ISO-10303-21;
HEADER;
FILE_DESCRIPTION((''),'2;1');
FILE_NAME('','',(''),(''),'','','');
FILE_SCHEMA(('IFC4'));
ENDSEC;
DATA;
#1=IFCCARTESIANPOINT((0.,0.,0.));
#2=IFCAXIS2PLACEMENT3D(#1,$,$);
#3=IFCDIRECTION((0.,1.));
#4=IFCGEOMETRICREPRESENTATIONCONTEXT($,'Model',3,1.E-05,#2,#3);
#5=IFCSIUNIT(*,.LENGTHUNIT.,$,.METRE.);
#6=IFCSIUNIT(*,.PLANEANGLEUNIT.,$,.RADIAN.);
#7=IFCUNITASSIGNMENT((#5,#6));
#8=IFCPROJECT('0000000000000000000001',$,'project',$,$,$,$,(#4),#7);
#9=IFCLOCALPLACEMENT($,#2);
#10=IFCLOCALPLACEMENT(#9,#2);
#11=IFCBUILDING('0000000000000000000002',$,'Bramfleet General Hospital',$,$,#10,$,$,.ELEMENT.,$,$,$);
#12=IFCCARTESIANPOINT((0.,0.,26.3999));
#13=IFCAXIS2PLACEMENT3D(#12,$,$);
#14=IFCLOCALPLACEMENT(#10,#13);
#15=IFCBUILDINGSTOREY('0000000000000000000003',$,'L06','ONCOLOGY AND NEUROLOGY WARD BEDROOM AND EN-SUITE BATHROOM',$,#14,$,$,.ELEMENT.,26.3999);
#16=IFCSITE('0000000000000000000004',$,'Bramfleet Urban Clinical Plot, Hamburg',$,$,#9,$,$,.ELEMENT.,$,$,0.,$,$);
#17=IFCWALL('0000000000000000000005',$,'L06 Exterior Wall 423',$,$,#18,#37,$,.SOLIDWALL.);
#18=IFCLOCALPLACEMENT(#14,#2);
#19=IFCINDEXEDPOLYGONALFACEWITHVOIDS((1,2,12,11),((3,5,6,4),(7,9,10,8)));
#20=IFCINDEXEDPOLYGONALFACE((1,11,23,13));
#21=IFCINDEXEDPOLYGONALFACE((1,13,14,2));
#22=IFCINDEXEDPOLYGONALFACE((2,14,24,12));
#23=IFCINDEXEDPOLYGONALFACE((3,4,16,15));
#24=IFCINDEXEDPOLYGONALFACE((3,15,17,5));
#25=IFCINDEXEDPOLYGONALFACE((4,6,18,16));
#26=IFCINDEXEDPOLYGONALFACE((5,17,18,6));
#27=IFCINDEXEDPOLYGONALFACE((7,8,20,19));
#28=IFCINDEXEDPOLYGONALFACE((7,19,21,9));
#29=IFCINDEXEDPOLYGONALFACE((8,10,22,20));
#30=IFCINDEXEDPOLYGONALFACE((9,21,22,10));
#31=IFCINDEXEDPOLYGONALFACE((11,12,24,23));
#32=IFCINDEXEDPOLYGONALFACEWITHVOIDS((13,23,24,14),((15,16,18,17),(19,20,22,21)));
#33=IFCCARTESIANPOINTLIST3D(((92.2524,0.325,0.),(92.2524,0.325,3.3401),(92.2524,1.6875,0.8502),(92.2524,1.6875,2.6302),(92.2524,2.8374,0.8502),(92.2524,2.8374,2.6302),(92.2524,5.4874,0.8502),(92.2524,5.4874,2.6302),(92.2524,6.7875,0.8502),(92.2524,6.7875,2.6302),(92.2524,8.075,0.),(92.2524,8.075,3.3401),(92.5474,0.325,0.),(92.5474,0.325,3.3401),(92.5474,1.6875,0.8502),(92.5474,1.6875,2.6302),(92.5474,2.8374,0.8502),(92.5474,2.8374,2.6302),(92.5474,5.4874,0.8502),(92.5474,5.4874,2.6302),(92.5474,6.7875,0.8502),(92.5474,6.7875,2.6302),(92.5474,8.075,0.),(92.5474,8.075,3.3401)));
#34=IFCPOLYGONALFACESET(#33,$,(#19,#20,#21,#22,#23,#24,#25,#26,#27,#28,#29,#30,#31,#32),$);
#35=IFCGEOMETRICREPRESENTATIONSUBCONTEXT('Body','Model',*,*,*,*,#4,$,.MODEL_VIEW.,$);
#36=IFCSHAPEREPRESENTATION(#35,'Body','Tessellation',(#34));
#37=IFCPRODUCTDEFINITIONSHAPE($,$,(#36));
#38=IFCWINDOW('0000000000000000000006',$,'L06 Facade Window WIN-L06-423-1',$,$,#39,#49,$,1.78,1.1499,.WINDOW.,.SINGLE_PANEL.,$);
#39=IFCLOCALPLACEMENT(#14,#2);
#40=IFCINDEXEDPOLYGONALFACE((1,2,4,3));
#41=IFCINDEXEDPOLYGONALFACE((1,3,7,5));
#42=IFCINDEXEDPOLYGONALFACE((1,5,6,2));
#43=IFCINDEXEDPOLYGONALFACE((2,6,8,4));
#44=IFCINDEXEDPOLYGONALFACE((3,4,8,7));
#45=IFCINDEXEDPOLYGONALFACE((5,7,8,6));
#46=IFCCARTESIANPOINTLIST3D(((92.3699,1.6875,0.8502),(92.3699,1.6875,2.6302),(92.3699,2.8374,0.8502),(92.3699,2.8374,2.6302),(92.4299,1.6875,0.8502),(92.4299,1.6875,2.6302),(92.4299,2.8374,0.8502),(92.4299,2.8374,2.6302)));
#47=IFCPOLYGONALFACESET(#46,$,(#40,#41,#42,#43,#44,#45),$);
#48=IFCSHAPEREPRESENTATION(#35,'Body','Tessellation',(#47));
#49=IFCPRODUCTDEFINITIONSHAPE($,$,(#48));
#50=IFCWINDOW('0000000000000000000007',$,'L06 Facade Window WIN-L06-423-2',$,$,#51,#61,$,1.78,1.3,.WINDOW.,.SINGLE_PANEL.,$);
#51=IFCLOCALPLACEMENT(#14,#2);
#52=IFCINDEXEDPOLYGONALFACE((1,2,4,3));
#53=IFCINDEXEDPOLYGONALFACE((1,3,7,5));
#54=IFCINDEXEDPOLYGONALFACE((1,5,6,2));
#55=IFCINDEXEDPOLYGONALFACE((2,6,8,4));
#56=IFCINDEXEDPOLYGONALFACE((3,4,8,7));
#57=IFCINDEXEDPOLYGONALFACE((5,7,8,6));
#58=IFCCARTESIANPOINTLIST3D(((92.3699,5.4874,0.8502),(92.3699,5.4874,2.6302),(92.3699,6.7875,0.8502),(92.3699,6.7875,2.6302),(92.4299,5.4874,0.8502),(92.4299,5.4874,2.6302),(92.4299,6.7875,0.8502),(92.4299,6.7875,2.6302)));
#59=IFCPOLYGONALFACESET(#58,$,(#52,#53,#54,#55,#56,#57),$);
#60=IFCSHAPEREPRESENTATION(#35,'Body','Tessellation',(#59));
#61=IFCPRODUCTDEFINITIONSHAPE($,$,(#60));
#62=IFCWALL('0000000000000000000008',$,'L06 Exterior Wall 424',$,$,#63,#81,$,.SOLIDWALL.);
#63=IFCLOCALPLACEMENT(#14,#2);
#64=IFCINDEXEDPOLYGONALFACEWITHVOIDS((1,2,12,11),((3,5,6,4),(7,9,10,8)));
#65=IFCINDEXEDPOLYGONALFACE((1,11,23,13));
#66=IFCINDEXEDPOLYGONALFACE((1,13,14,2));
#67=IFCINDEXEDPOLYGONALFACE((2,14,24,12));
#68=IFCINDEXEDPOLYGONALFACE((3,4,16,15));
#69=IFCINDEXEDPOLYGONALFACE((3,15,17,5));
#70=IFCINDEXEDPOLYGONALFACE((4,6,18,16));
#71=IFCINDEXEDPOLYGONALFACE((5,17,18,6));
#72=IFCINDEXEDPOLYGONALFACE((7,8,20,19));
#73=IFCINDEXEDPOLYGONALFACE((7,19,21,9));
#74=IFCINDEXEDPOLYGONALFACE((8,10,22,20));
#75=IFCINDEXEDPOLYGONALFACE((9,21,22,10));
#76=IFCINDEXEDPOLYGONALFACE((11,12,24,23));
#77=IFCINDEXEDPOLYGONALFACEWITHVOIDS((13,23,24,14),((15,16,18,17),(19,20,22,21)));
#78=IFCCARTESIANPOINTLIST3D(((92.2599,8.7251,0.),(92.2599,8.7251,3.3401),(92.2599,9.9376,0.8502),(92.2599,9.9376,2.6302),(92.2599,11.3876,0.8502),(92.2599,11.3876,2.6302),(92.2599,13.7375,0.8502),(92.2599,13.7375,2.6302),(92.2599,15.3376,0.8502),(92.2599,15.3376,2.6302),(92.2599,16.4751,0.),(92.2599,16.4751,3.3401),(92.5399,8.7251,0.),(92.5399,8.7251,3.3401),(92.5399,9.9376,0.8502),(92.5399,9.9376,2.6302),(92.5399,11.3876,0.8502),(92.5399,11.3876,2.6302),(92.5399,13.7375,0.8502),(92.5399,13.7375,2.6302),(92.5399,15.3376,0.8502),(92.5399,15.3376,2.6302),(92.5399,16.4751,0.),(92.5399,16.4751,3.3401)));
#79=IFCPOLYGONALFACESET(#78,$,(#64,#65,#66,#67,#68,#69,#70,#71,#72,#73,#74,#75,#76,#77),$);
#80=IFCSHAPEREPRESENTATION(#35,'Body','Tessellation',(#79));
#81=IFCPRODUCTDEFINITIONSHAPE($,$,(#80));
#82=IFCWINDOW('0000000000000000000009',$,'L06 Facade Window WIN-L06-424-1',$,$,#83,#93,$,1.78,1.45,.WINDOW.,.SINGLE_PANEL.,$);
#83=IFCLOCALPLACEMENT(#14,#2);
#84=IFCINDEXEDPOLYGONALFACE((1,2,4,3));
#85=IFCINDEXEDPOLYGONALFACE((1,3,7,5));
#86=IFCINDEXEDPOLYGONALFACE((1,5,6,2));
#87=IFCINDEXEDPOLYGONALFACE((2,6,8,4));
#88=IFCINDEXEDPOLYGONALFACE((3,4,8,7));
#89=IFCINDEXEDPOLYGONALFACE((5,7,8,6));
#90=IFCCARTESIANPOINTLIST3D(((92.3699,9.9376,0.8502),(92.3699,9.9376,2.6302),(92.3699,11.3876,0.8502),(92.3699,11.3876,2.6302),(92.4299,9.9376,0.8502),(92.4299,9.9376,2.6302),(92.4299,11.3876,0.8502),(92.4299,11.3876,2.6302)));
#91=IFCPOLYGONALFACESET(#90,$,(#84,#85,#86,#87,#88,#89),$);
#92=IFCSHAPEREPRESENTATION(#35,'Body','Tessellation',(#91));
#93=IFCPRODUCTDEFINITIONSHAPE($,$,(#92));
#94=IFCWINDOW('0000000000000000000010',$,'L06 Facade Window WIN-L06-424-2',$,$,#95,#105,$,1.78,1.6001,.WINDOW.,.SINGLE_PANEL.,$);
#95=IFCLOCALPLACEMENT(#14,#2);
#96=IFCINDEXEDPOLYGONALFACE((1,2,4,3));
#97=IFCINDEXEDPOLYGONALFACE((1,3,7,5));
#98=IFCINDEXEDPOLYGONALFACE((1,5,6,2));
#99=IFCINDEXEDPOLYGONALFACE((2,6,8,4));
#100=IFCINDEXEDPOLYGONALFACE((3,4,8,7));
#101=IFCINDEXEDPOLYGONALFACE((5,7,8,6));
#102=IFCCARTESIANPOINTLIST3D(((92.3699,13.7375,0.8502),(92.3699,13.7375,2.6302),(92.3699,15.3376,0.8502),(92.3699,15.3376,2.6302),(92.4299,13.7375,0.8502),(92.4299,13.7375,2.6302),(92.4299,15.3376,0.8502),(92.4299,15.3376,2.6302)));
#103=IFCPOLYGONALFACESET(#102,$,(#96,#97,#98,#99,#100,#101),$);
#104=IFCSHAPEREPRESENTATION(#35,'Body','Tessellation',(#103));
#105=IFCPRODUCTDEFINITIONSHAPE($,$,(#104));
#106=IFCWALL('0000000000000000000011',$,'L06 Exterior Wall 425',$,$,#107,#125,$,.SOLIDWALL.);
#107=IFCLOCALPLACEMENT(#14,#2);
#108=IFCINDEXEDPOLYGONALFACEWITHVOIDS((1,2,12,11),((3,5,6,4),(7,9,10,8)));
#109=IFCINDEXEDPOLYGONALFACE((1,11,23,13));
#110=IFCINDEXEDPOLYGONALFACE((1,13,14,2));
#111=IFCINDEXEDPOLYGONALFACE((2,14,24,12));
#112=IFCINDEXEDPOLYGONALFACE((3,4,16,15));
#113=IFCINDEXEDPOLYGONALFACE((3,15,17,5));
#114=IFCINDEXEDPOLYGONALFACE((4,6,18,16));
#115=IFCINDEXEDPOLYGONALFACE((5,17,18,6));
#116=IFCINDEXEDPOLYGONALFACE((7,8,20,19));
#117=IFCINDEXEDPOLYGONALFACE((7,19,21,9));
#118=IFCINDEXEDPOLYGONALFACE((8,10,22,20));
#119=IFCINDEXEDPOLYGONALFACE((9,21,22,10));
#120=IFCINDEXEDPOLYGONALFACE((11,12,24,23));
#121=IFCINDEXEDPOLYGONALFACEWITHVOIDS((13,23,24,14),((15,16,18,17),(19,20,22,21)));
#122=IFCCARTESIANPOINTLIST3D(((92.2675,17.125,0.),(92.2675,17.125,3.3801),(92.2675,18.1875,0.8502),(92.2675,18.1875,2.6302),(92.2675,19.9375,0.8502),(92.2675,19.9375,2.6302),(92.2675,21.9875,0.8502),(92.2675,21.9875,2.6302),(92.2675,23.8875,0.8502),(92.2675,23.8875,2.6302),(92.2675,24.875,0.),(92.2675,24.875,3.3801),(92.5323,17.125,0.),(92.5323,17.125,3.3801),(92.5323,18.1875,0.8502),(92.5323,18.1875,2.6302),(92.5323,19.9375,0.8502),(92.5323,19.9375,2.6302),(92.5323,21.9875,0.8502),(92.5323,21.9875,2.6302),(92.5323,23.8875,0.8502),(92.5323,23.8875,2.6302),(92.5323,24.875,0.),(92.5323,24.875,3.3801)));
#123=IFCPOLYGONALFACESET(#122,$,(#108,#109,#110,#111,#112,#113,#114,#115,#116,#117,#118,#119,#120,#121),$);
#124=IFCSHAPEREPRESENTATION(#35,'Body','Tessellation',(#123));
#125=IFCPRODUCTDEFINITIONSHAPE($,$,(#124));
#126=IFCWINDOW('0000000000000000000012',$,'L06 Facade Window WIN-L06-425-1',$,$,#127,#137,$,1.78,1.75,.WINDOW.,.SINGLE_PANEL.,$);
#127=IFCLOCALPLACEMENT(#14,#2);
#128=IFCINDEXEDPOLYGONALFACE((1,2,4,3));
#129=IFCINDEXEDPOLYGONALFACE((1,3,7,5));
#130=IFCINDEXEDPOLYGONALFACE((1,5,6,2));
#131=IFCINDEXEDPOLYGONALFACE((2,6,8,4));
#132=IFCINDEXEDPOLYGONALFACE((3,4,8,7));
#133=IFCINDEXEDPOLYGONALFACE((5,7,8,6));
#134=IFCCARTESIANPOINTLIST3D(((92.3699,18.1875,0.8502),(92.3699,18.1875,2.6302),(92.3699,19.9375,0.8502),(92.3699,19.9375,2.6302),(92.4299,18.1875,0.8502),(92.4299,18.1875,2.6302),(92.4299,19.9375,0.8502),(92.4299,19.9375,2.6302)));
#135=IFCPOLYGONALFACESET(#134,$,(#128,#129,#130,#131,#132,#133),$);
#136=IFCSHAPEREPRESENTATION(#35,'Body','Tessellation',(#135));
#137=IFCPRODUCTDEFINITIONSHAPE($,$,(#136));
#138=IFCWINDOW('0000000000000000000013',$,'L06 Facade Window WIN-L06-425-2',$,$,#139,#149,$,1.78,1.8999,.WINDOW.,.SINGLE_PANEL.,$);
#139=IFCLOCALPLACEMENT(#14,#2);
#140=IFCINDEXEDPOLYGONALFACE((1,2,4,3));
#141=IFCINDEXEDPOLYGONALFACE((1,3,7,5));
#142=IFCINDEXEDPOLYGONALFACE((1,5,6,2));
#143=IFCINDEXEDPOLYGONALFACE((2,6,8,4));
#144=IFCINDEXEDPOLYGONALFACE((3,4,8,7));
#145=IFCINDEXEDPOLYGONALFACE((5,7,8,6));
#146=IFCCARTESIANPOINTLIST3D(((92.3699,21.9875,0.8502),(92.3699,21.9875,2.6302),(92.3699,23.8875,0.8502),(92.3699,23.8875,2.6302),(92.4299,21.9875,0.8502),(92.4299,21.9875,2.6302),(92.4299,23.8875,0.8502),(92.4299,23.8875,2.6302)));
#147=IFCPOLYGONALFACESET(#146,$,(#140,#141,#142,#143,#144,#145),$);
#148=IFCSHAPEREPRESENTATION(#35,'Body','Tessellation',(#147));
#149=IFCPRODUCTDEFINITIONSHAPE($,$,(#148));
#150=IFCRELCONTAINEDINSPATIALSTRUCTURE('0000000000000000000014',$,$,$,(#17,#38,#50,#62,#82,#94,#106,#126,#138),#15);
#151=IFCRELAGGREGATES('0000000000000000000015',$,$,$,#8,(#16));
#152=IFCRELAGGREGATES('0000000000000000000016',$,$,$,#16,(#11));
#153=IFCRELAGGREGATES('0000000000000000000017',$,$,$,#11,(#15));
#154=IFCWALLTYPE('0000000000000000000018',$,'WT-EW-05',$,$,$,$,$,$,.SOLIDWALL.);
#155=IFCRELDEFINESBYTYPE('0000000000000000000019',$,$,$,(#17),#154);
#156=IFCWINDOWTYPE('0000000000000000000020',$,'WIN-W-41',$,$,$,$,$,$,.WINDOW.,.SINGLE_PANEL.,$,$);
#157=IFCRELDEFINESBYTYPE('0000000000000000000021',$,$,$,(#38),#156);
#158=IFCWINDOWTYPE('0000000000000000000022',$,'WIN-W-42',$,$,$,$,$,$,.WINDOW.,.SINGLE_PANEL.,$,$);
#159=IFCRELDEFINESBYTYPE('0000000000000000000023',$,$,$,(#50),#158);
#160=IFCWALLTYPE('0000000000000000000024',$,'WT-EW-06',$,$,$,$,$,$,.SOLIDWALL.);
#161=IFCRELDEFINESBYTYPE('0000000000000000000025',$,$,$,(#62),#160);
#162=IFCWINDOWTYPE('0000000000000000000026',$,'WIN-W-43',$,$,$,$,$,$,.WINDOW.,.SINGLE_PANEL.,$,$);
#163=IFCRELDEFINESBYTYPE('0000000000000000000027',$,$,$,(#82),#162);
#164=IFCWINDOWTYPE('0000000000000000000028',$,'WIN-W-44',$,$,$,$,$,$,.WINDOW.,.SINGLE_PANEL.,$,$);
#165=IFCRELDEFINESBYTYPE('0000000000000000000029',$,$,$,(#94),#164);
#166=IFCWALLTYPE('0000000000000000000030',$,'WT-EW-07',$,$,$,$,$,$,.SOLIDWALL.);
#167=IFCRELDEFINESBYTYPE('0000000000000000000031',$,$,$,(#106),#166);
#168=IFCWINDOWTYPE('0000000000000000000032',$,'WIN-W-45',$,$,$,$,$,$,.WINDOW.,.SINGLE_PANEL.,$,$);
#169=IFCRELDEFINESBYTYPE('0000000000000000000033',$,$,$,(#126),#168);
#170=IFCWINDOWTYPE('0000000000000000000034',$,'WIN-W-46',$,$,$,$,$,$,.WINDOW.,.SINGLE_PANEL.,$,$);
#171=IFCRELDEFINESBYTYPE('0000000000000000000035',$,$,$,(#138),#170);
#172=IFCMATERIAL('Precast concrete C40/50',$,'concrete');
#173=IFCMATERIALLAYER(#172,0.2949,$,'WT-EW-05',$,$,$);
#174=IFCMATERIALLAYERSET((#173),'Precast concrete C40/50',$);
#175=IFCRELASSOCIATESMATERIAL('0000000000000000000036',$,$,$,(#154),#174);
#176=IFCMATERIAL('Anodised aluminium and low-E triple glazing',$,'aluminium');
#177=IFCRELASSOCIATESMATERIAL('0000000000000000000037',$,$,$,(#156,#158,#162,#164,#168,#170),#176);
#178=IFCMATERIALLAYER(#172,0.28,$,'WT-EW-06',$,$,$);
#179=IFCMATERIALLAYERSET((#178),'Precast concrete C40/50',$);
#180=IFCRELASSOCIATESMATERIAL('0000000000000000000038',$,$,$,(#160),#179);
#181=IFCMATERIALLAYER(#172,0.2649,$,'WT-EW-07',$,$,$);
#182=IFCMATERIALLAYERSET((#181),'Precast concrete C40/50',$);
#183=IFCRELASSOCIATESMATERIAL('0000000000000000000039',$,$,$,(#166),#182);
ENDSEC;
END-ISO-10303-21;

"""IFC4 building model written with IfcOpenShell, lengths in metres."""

from ifc_helpers import new_model, si_unit, direction, frame, frame_2d, origin, place, context, subcontext, project, spatial, rectangle, extrude, material, layer, layer_set, type_object, element, fill, save


model = new_model("IFC4")

# Units and contexts
model_context = context("Model", 3, precision=1e-05, world=origin(), true_north=direction((0.0, 1.0)))
body_context = subcontext(model_context, "Body", "Model", "MODEL_VIEW")
ifc_project = project(units=[si_unit("LENGTHUNIT", "METRE"), si_unit("PLANEANGLEUNIT", "RADIAN")], contexts=[model_context])

# Site, building, storey
site_placement = place(None, origin())
site = spatial("IfcSite", under=ifc_project, at=site_placement, Name="Bramfleet Urban Clinical Plot, Hamburg", CompositionType="ELEMENT", RefElevation=0.0)
building_placement = place(site_placement, origin())
building = spatial("IfcBuilding", under=site, at=building_placement, Name="Bramfleet General Hospital", CompositionType="ELEMENT")
storey_placement = place(building_placement, frame((0.0, 0.0, 26.3999)))
storey = spatial("IfcBuildingStorey", under=building, at=storey_placement, Name="L06", Description="ONCOLOGY AND NEUROLOGY WARD BEDROOM AND EN-SUITE BATHROOM", CompositionType="ELEMENT", Elevation=26.3999)

# Walls, openings, windows
ifc_material_1 = material(Name="Precast concrete C40/50", Category="concrete")
ifc_layer_1 = layer(ifc_material_1, 0.2949, Name="WT-EW-05")
ifc_layer_set_1 = layer_set([ifc_layer_1], Name="Precast concrete C40/50")
wall_type_1 = type_object("IfcWallType", Name="WT-EW-05", PredefinedType="SOLIDWALL", material=ifc_layer_set_1)
wall_1_placement = place(storey_placement, frame((92.3999, 0.325, 0.0), z_axis=(0.0, 0.0, 1.0), x_axis=(0.0, 1.0, 0.0)))
wall_1 = element("IfcWall", 1, at=wall_1_placement, inside=storey, type_object=wall_type_1, Name="L06 Exterior Wall 423", PredefinedType="SOLIDWALL", context=body_context, shape_type="SweptSolid", body=[
    extrude(rectangle(XDim=7.75, YDim=0.2949, at=frame_2d((3.875, 0.0))), origin(), (0.0, 0.0, 1.0), 3.3401),
])
opening_1_placement = place(wall_1_placement, frame((1.3625, 0.0, 0.8501)))
opening_1 = element("IfcOpeningElement", 2, at=opening_1_placement, cuts=wall_1, PredefinedType="OPENING", context=body_context, shape_type="SweptSolid", body=[
    extrude(rectangle(XDim=1.1499, YDim=1.78, at=frame_2d((0.575, 0.8901))), frame((0.0, 0.1575, 0.0), z_axis=(0.0, -1.0, 0.0), x_axis=(1.0, 0.0, 0.0)), (0.0, 0.0, 1.0), 0.3149),
])
opening_2_placement = place(wall_1_placement, frame((5.1626, 0.0, 0.8501)))
opening_2 = element("IfcOpeningElement", 3, at=opening_2_placement, cuts=wall_1, PredefinedType="OPENING", context=body_context, shape_type="SweptSolid", body=[
    extrude(rectangle(XDim=1.3, YDim=1.78, at=frame_2d((0.6499, 0.8901))), frame((0.0, 0.1575, 0.0), z_axis=(0.0, -1.0, 0.0), x_axis=(1.0, 0.0, 0.0)), (0.0, 0.0, 1.0), 0.3149),
])
ifc_material_2 = material(Name="Anodised aluminium and low-E triple glazing", Category="aluminium")
window_type_1 = type_object("IfcWindowType", Name="WIN-W-41", PartitioningType="SINGLE_PANEL", PredefinedType="WINDOW", material=ifc_material_2)
window_1_placement = place(opening_1_placement, origin())
window_1 = element("IfcWindow", 4, at=window_1_placement, inside=storey, type_object=window_type_1, Name="L06 Facade Window WIN-L06-423-1", OverallHeight=1.78, OverallWidth=1.1499, PartitioningType="SINGLE_PANEL", PredefinedType="WINDOW", context=body_context, shape_type="SweptSolid", body=[
    extrude(rectangle(XDim=1.1499, YDim=1.78, at=frame_2d((0.575, 0.8901))), frame((0.0, 0.03, 0.0), z_axis=(0.0, -1.0, 0.0), x_axis=(1.0, 0.0, 0.0)), (0.0, 0.0, 1.0), 0.0601),
])
fill(opening_1, window_1)
window_type_2 = type_object("IfcWindowType", Name="WIN-W-42", PartitioningType="SINGLE_PANEL", PredefinedType="WINDOW", material=ifc_material_2)
window_2_placement = place(opening_2_placement, origin())
window_2 = element("IfcWindow", 5, at=window_2_placement, inside=storey, type_object=window_type_2, Name="L06 Facade Window WIN-L06-423-2", OverallHeight=1.78, OverallWidth=1.3, PartitioningType="SINGLE_PANEL", PredefinedType="WINDOW", context=body_context, shape_type="SweptSolid", body=[
    extrude(rectangle(XDim=1.3, YDim=1.78, at=frame_2d((0.6499, 0.8901))), frame((0.0, 0.03, 0.0), z_axis=(0.0, -1.0, 0.0), x_axis=(1.0, 0.0, 0.0)), (0.0, 0.0, 1.0), 0.0601),
])
fill(opening_2, window_2)
ifc_layer_2 = layer(ifc_material_1, 0.28, Name="WT-EW-06")
ifc_layer_set_2 = layer_set([ifc_layer_2], Name="Precast concrete C40/50")
wall_type_2 = type_object("IfcWallType", Name="WT-EW-06", PredefinedType="SOLIDWALL", material=ifc_layer_set_2)
wall_2_placement = place(storey_placement, frame((92.3999, 8.7251, 0.0), z_axis=(0.0, 0.0, 1.0), x_axis=(0.0, 1.0, 0.0)))
wall_2 = element("IfcWall", 6, at=wall_2_placement, inside=storey, type_object=wall_type_2, Name="L06 Exterior Wall 424", PredefinedType="SOLIDWALL", context=body_context, shape_type="SweptSolid", body=[
    extrude(rectangle(XDim=7.75, YDim=0.28, at=frame_2d((3.875, 0.0))), origin(), (0.0, 0.0, 1.0), 3.3401),
])
opening_3_placement = place(wall_2_placement, frame((1.2124, 0.0, 0.8501)))
opening_3 = element("IfcOpeningElement", 7, at=opening_3_placement, cuts=wall_2, PredefinedType="OPENING", context=body_context, shape_type="SweptSolid", body=[
    extrude(rectangle(XDim=1.45, YDim=1.78, at=frame_2d((0.7251, 0.8901))), frame((0.0, 0.1499, 0.0), z_axis=(0.0, -1.0, 0.0), x_axis=(1.0, 0.0, 0.0)), (0.0, 0.0, 1.0), 0.3),
])
opening_4_placement = place(wall_2_placement, frame((5.0125, 0.0, 0.8501)))
opening_4 = element("IfcOpeningElement", 8, at=opening_4_placement, cuts=wall_2, PredefinedType="OPENING", context=body_context, shape_type="SweptSolid", body=[
    extrude(rectangle(XDim=1.6001, YDim=1.78, at=frame_2d((0.8, 0.8901))), frame((0.0, 0.1499, 0.0), z_axis=(0.0, -1.0, 0.0), x_axis=(1.0, 0.0, 0.0)), (0.0, 0.0, 1.0), 0.3),
])
window_type_3 = type_object("IfcWindowType", Name="WIN-W-43", PartitioningType="SINGLE_PANEL", PredefinedType="WINDOW", material=ifc_material_2)
window_3_placement = place(opening_3_placement, origin())
window_3 = element("IfcWindow", 9, at=window_3_placement, inside=storey, type_object=window_type_3, Name="L06 Facade Window WIN-L06-424-1", OverallHeight=1.78, OverallWidth=1.45, PartitioningType="SINGLE_PANEL", PredefinedType="WINDOW", context=body_context, shape_type="SweptSolid", body=[
    extrude(rectangle(XDim=1.45, YDim=1.78, at=frame_2d((0.7251, 0.8901))), frame((0.0, 0.03, 0.0), z_axis=(0.0, -1.0, 0.0), x_axis=(1.0, 0.0, 0.0)), (0.0, 0.0, 1.0), 0.0601),
])
fill(opening_3, window_3)
window_type_4 = type_object("IfcWindowType", Name="WIN-W-44", PartitioningType="SINGLE_PANEL", PredefinedType="WINDOW", material=ifc_material_2)
window_4_placement = place(opening_4_placement, origin())
window_4 = element("IfcWindow", 10, at=window_4_placement, inside=storey, type_object=window_type_4, Name="L06 Facade Window WIN-L06-424-2", OverallHeight=1.78, OverallWidth=1.6001, PartitioningType="SINGLE_PANEL", PredefinedType="WINDOW", context=body_context, shape_type="SweptSolid", body=[
    extrude(rectangle(XDim=1.6001, YDim=1.78, at=frame_2d((0.8, 0.8901))), frame((0.0, 0.03, 0.0), z_axis=(0.0, -1.0, 0.0), x_axis=(1.0, 0.0, 0.0)), (0.0, 0.0, 1.0), 0.0601),
])
fill(opening_4, window_4)
ifc_layer_3 = layer(ifc_material_1, 0.2649, Name="WT-EW-07")
ifc_layer_set_3 = layer_set([ifc_layer_3], Name="Precast concrete C40/50")
wall_type_3 = type_object("IfcWallType", Name="WT-EW-07", PredefinedType="SOLIDWALL", material=ifc_layer_set_3)
wall_3_placement = place(storey_placement, frame((92.3999, 17.125, 0.0), z_axis=(0.0, 0.0, 1.0), x_axis=(0.0, 1.0, 0.0)))
wall_3 = element("IfcWall", 11, at=wall_3_placement, inside=storey, type_object=wall_type_3, Name="L06 Exterior Wall 425", PredefinedType="SOLIDWALL", context=body_context, shape_type="SweptSolid", body=[
    extrude(rectangle(XDim=7.75, YDim=0.2649, at=frame_2d((3.875, 0.0))), origin(), (0.0, 0.0, 1.0), 3.3801),
])
opening_5_placement = place(wall_3_placement, frame((1.0625, 0.0, 0.8501)))
opening_5 = element("IfcOpeningElement", 12, at=opening_5_placement, cuts=wall_3, PredefinedType="OPENING", context=body_context, shape_type="SweptSolid", body=[
    extrude(rectangle(XDim=1.75, YDim=1.78, at=frame_2d((0.875, 0.8901))), frame((0.0, 0.1423, 0.0), z_axis=(0.0, -1.0, 0.0), x_axis=(1.0, 0.0, 0.0)), (0.0, 0.0, 1.0), 0.2849),
])
opening_6_placement = place(wall_3_placement, frame((4.8625, 0.0, 0.8501)))
opening_6 = element("IfcOpeningElement", 13, at=opening_6_placement, cuts=wall_3, PredefinedType="OPENING", context=body_context, shape_type="SweptSolid", body=[
    extrude(rectangle(XDim=1.8999, YDim=1.78, at=frame_2d((0.95, 0.8901))), frame((0.0, 0.1423, 0.0), z_axis=(0.0, -1.0, 0.0), x_axis=(1.0, 0.0, 0.0)), (0.0, 0.0, 1.0), 0.2849),
])
window_type_5 = type_object("IfcWindowType", Name="WIN-W-45", PartitioningType="SINGLE_PANEL", PredefinedType="WINDOW", material=ifc_material_2)
window_5_placement = place(opening_5_placement, origin())
window_5 = element("IfcWindow", 14, at=window_5_placement, inside=storey, type_object=window_type_5, Name="L06 Facade Window WIN-L06-425-1", OverallHeight=1.78, OverallWidth=1.75, PartitioningType="SINGLE_PANEL", PredefinedType="WINDOW", context=body_context, shape_type="SweptSolid", body=[
    extrude(rectangle(XDim=1.75, YDim=1.78, at=frame_2d((0.875, 0.8901))), frame((0.0, 0.03, 0.0), z_axis=(0.0, -1.0, 0.0), x_axis=(1.0, 0.0, 0.0)), (0.0, 0.0, 1.0), 0.0601),
])
fill(opening_5, window_5)
window_type_6 = type_object("IfcWindowType", Name="WIN-W-46", PartitioningType="SINGLE_PANEL", PredefinedType="WINDOW", material=ifc_material_2)
window_6_placement = place(opening_6_placement, origin())
window_6 = element("IfcWindow", 15, at=window_6_placement, inside=storey, type_object=window_type_6, Name="L06 Facade Window WIN-L06-425-2", OverallHeight=1.78, OverallWidth=1.8999, PartitioningType="SINGLE_PANEL", PredefinedType="WINDOW", context=body_context, shape_type="SweptSolid", body=[
    extrude(rectangle(XDim=1.8999, YDim=1.78, at=frame_2d((0.95, 0.8901))), frame((0.0, 0.03, 0.0), z_axis=(0.0, -1.0, 0.0), x_axis=(1.0, 0.0, 0.0)), (0.0, 0.0, 1.0), 0.0601),
])
fill(opening_6, window_6)

save(model, "model.ifc")
